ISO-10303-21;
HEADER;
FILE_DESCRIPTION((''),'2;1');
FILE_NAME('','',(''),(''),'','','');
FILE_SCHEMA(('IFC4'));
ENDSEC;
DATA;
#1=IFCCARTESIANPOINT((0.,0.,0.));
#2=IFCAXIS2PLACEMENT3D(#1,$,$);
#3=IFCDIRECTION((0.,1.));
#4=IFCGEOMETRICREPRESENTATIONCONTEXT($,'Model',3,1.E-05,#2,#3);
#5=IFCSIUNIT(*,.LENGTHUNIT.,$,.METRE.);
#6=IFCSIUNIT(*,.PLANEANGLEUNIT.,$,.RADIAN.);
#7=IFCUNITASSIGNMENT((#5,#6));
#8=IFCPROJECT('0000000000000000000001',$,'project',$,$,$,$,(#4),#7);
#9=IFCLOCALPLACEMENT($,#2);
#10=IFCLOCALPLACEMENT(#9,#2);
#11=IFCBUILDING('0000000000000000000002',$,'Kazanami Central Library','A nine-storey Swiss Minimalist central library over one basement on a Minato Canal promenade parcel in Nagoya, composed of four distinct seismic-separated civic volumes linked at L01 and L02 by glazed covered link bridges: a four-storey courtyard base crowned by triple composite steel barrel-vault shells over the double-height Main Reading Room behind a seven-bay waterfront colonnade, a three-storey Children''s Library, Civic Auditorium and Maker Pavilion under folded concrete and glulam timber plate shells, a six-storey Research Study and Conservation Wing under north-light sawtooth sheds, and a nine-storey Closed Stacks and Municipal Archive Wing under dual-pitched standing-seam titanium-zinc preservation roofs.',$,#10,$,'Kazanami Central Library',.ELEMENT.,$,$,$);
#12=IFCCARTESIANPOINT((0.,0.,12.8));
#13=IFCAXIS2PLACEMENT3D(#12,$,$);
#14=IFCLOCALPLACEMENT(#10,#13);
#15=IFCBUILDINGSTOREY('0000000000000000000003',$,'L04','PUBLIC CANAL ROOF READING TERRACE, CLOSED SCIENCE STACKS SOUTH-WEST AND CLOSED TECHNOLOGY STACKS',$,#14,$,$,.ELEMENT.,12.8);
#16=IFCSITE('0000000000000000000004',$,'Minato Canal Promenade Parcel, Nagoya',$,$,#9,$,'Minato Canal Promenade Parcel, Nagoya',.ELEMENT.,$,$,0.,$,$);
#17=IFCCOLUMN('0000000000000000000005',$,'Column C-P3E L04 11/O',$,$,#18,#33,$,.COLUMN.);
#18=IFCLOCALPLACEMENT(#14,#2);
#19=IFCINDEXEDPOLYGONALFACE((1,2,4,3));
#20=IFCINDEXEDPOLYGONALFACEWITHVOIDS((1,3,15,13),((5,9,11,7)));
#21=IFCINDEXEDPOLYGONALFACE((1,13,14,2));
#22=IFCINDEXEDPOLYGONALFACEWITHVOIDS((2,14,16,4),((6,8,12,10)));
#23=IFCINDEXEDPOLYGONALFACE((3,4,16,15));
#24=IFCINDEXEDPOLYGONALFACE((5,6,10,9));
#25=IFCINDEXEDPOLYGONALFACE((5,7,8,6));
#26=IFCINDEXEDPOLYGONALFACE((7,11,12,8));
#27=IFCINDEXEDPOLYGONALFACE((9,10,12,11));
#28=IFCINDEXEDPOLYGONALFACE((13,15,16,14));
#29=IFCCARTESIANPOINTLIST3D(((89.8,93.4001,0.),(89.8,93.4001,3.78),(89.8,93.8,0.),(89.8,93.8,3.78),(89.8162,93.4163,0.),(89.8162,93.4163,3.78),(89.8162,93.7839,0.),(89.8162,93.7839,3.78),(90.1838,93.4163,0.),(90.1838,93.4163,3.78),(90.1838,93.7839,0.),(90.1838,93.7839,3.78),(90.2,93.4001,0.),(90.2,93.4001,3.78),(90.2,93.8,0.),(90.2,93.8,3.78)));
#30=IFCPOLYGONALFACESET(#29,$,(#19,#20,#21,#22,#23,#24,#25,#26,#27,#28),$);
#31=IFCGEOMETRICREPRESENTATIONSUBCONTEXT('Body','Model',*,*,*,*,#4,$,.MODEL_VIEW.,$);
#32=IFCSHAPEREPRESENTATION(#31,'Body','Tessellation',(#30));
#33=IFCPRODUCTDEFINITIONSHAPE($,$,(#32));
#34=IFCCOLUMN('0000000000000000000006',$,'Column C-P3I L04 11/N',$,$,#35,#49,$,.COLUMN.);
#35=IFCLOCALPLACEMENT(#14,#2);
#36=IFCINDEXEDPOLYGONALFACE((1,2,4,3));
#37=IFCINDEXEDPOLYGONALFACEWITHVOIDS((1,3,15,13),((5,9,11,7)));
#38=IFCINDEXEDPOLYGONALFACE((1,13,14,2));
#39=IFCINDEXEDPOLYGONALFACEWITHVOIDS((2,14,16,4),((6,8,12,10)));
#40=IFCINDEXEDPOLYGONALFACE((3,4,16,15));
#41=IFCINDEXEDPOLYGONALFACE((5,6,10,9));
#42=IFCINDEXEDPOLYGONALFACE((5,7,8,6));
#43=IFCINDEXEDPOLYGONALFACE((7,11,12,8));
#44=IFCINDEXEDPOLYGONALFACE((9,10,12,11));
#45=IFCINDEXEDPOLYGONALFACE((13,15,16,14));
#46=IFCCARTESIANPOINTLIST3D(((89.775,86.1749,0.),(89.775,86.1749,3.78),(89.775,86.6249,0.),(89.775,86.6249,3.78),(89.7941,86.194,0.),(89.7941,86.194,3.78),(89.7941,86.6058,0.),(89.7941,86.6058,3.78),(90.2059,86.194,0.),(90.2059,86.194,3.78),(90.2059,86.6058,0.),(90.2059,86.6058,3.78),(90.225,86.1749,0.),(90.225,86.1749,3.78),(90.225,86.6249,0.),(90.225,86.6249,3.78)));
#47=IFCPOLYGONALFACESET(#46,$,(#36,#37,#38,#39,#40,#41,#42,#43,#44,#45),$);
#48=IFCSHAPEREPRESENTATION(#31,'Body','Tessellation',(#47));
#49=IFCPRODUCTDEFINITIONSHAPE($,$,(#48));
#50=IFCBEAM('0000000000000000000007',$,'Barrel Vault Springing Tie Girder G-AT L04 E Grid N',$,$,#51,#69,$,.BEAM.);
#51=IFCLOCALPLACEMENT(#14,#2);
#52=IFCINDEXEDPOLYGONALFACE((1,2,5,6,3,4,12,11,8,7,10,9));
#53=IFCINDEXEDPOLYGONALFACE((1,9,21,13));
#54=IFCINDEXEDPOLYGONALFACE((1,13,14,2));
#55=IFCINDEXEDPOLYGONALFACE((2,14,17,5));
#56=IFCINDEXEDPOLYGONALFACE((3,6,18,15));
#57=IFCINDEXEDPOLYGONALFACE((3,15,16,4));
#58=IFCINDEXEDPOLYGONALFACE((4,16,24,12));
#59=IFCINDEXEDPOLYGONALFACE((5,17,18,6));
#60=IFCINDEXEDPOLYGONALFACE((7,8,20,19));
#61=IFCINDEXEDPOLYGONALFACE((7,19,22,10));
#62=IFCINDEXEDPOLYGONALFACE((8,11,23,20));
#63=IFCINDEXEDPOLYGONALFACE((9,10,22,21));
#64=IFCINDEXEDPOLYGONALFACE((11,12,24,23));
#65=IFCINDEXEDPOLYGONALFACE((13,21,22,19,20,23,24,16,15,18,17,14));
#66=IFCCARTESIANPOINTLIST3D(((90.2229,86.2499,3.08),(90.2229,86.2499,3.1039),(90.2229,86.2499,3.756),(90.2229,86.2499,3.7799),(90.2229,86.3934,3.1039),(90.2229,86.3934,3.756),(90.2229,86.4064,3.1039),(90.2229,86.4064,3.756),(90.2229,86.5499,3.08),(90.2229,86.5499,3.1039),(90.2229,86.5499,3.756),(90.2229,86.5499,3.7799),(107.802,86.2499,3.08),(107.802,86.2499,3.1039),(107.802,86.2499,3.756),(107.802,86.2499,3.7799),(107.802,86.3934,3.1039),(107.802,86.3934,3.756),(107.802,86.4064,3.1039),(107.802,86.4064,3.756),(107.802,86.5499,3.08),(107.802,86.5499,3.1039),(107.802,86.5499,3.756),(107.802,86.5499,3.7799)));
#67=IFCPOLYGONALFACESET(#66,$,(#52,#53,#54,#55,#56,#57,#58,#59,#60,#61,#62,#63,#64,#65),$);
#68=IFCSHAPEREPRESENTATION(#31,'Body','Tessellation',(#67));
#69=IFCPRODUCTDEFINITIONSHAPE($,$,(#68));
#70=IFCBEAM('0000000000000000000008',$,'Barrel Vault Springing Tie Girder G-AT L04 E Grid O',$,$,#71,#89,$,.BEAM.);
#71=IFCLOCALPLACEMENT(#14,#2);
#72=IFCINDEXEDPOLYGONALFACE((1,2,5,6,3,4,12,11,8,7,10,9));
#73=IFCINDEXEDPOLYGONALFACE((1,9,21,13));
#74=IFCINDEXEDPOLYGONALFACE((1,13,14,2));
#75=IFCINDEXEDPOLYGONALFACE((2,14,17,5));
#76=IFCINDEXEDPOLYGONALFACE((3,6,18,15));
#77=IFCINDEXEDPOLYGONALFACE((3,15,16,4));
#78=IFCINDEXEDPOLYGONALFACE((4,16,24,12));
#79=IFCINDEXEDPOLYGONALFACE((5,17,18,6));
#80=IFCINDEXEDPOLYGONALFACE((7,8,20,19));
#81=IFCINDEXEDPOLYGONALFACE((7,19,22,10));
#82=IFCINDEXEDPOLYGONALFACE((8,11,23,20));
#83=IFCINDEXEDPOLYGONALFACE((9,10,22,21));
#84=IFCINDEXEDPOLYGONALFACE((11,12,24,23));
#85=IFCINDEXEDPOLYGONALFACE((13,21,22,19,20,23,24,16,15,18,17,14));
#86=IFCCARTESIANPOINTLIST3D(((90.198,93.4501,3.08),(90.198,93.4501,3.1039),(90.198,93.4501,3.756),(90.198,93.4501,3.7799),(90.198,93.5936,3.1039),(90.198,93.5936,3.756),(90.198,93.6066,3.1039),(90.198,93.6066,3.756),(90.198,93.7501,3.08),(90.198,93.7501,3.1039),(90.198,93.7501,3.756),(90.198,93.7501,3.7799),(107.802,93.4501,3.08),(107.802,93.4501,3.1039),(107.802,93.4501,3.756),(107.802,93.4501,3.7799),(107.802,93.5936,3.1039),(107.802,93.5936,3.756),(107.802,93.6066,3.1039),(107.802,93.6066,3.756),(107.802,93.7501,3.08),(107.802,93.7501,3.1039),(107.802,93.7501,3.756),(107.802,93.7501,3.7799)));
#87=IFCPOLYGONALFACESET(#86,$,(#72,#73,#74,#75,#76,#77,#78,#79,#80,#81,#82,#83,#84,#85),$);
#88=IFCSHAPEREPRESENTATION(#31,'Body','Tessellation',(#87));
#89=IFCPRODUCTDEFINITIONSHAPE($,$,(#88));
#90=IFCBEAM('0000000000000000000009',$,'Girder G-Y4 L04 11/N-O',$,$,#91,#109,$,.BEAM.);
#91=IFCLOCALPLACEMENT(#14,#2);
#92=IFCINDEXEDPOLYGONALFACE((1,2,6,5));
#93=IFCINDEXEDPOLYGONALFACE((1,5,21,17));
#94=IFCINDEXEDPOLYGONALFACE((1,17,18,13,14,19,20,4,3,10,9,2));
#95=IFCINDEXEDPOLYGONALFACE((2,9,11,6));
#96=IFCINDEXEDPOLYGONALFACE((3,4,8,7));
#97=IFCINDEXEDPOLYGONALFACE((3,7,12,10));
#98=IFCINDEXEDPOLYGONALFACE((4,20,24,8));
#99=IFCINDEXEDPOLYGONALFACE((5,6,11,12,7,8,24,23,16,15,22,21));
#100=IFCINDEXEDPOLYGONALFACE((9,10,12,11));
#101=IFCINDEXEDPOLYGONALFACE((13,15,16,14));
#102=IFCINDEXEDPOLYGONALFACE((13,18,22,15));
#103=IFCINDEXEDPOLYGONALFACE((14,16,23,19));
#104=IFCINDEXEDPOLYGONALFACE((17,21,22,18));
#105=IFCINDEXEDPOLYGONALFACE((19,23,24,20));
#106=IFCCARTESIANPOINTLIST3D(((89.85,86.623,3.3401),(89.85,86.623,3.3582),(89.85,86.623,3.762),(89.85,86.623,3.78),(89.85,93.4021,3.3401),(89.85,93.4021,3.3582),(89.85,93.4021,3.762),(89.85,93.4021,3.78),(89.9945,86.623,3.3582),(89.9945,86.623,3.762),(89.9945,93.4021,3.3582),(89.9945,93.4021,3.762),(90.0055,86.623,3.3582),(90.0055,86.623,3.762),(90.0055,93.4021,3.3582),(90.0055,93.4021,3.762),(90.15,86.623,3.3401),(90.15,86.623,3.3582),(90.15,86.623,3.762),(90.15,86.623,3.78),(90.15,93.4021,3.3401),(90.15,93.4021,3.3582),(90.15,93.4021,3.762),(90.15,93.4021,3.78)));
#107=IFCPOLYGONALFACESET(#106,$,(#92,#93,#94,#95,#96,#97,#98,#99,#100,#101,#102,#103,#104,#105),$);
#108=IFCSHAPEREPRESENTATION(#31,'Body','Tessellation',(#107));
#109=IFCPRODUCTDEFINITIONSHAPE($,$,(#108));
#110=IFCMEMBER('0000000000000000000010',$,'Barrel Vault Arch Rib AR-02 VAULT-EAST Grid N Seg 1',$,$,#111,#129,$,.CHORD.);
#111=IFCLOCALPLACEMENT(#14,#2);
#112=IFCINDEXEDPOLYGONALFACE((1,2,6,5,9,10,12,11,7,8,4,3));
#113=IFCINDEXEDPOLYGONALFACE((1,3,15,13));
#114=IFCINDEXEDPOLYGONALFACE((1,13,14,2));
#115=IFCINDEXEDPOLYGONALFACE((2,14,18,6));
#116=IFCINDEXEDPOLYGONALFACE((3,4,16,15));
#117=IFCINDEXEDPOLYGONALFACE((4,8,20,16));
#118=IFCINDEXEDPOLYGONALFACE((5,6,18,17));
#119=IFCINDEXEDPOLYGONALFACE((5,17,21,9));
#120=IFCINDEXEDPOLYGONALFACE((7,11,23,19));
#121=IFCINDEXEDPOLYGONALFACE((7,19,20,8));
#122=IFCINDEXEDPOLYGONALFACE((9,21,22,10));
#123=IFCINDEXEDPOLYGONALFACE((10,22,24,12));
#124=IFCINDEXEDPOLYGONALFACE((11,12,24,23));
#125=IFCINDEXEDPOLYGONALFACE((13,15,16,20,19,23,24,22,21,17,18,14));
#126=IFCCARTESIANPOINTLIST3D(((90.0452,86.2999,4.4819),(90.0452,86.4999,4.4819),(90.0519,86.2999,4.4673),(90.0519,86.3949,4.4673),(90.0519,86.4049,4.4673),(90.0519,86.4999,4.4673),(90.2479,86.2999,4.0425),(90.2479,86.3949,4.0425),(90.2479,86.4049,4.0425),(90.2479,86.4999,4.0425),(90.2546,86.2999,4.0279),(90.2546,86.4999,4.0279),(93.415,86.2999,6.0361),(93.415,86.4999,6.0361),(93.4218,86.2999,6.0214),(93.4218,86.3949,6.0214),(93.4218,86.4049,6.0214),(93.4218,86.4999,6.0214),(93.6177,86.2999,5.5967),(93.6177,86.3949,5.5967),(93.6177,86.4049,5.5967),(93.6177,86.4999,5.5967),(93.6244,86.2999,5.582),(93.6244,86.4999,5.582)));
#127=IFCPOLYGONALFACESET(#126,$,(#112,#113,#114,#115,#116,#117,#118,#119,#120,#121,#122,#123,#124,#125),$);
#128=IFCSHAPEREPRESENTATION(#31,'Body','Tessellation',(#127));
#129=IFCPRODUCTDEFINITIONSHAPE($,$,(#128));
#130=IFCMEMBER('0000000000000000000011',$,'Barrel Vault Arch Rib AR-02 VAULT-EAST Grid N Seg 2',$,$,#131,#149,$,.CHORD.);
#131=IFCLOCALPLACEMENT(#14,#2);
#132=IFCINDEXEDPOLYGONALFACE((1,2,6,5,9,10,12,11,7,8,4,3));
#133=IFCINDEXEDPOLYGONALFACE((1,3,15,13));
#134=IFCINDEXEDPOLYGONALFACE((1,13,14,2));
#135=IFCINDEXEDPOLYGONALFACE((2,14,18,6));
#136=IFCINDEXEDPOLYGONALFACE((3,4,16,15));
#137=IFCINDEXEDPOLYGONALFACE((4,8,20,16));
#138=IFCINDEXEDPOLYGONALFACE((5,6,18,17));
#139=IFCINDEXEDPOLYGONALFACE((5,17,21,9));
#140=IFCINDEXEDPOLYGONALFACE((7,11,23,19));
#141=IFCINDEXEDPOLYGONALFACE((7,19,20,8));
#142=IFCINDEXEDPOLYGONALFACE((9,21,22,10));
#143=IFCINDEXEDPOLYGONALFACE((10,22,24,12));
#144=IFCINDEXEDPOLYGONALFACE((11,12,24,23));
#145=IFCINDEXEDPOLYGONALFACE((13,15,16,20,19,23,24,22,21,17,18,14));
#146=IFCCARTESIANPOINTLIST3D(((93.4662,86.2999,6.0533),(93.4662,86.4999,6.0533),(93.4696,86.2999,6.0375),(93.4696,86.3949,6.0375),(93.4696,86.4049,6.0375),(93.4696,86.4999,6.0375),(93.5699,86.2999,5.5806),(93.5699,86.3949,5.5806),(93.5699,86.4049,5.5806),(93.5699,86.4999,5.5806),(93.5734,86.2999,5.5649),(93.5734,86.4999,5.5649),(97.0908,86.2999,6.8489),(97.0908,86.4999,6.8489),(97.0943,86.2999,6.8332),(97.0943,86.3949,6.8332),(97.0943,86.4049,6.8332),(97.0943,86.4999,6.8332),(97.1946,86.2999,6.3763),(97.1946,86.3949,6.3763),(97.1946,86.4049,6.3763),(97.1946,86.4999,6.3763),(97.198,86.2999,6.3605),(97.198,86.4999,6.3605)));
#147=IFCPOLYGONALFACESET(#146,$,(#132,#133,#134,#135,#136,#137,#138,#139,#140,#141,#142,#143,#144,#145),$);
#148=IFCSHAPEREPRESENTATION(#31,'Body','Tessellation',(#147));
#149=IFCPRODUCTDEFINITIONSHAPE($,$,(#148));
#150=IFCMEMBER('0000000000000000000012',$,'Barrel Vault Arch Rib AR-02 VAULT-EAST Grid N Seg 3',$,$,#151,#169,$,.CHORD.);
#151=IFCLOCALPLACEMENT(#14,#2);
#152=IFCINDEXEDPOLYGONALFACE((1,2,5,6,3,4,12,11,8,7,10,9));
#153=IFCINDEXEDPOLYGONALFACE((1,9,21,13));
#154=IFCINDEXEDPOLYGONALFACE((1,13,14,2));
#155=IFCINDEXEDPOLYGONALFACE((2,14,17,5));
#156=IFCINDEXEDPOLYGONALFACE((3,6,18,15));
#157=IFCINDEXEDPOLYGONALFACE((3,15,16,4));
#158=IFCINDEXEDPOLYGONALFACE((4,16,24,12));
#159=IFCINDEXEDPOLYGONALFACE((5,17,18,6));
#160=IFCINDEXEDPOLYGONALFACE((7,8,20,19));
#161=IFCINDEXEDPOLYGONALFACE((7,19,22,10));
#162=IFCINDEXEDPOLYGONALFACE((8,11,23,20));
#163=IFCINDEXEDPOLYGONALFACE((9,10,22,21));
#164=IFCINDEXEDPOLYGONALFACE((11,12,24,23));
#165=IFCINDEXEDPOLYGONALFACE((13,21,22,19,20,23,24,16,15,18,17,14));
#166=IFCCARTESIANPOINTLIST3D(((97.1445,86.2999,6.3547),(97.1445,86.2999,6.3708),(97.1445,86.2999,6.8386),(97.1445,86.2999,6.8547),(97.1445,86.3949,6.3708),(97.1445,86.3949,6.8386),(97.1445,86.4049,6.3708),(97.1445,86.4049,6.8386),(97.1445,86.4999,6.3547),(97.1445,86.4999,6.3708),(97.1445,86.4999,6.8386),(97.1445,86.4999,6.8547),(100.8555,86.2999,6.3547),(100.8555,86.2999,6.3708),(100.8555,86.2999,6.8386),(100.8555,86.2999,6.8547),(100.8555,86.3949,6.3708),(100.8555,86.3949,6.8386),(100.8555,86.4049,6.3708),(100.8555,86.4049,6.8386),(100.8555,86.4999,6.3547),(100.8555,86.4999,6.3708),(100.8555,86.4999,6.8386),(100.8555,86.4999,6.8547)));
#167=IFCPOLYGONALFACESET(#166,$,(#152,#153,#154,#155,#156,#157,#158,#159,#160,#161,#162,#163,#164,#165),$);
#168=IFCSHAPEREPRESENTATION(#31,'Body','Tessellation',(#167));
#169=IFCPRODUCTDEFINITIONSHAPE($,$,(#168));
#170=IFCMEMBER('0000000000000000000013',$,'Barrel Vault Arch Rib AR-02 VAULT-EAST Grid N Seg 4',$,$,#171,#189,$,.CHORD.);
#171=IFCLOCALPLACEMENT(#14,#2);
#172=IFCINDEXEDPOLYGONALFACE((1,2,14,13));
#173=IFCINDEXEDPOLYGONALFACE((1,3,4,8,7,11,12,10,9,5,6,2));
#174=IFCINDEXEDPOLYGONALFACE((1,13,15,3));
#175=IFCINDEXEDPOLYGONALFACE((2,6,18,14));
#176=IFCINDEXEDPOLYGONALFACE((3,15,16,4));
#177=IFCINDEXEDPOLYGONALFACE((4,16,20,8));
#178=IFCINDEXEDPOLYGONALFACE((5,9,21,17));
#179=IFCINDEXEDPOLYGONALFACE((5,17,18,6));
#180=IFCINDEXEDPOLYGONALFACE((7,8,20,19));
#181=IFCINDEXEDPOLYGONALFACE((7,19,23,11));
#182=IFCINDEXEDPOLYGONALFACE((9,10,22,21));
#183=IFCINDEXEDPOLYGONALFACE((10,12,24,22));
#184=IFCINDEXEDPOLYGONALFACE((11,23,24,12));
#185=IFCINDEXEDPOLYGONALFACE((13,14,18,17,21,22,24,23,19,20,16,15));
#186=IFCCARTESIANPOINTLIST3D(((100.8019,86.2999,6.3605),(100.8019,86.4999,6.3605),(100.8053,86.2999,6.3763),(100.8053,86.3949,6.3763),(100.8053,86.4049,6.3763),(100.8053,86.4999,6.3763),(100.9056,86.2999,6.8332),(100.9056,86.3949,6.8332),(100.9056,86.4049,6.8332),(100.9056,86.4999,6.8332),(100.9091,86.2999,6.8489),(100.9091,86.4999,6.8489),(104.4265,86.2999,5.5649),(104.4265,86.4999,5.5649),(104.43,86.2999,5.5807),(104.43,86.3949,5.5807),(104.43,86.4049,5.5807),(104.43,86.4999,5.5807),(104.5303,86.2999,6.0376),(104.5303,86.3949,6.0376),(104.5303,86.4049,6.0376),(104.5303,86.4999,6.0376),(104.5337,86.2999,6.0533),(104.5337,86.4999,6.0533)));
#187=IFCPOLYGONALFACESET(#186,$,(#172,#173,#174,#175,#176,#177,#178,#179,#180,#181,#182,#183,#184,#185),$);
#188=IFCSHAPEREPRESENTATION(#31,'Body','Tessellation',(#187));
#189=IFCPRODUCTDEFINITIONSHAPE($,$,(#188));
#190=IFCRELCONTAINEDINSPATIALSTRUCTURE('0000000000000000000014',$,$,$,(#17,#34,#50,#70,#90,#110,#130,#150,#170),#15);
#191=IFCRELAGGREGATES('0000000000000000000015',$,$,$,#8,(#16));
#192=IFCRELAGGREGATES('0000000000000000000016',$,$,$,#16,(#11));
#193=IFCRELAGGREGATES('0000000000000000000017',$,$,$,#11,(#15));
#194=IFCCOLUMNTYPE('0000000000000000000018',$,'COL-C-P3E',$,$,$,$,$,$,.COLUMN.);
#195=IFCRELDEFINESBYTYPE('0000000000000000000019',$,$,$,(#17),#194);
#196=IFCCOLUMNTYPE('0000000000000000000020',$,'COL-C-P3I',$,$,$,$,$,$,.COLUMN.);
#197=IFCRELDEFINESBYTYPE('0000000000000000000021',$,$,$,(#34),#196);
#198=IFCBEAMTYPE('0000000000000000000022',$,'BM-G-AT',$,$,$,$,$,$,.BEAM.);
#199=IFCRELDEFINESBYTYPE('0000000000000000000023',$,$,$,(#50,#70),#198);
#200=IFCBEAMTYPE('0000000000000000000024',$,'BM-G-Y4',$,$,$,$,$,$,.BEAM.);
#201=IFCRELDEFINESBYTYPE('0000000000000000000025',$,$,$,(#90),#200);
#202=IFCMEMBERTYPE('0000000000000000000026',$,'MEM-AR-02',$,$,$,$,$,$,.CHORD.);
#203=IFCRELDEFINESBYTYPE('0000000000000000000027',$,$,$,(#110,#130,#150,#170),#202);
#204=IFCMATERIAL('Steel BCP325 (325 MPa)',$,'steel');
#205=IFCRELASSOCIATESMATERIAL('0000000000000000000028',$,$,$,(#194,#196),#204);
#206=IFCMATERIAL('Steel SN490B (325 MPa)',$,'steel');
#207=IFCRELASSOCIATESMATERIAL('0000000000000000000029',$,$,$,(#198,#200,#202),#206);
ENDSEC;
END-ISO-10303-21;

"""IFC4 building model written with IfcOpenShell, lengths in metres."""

from ifc_helpers import new_model, si_unit, direction, frame, origin, origin_2d, place, context, subcontext, project, spatial, hollow_rectangle, i_section, extrude, material, material_profile, profile_set, type_object, element, save


model = new_model("IFC4")

# Units and contexts
model_context = context("Model", 3, precision=1e-05, world=origin(), true_north=direction((0.0, 1.0)))
body_context = subcontext(model_context, "Body", "Model", "MODEL_VIEW")
ifc_project = project(units=[si_unit("LENGTHUNIT", "METRE"), si_unit("PLANEANGLEUNIT", "RADIAN")], contexts=[model_context])

# Site, building, storey
site_placement = place(None, origin())
site = spatial("IfcSite", under=ifc_project, at=site_placement, Name="Minato Canal Promenade Parcel, Nagoya", LongName="Minato Canal Promenade Parcel, Nagoya", CompositionType="ELEMENT", RefElevation=0.0)
building_placement = place(site_placement, origin())
building = spatial("IfcBuilding", under=site, at=building_placement, Name="Kazanami Central Library", Description="A nine-storey Swiss Minimalist central library over one basement on a Minato Canal promenade parcel in Nagoya, composed of four distinct seismic-separated civic volumes linked at L01 and L02 by glazed covered link bridges: a four-storey courtyard base crowned by triple composite steel barrel-vault shells over the double-height Main Reading Room behind a seven-bay waterfront colonnade, a three-storey Children's Library, Civic Auditorium and Maker Pavilion under folded concrete and glulam timber plate shells, a six-storey Research Study and Conservation Wing under north-light sawtooth sheds, and a nine-storey Closed Stacks and Municipal Archive Wing under dual-pitched standing-seam titanium-zinc preservation roofs.", LongName="Kazanami Central Library", CompositionType="ELEMENT")
storey_placement = place(building_placement, frame((0.0, 0.0, 12.8)))
storey = spatial("IfcBuildingStorey", under=building, at=storey_placement, Name="L04", Description="PUBLIC CANAL ROOF READING TERRACE, CLOSED SCIENCE STACKS SOUTH-WEST AND CLOSED TECHNOLOGY STACKS", CompositionType="ELEMENT", Elevation=12.8)

# Columns
ifc_material_1 = material(Name="Steel BCP325 (325 MPa)", Category="steel")
ifc_material_profile_1 = material_profile(ifc_material_1, hollow_rectangle(XDim=0.3999, YDim=0.3999, WallThickness=0.0161, at=origin_2d()), Name="BCP-400x400x16")
ifc_profile_set_1 = profile_set([ifc_material_profile_1], Name="Steel BCP325 (325 MPa)")
column_type_1 = type_object("IfcColumnType", Name="COL-C-P3E", PredefinedType="COLUMN", material=ifc_profile_set_1)
column_1_placement = place(storey_placement, frame((90.0, 93.6001, 0.0), z_axis=(0.0, 0.0, 1.0), x_axis=(1.0, 0.0, 0.0)))
element("IfcColumn", 1, at=column_1_placement, inside=storey, type_object=column_type_1, Name="Column C-P3E L04 11/O", PredefinedType="COLUMN", context=body_context, shape_type="SweptSolid", body=[
    extrude(hollow_rectangle(XDim=0.3999, YDim=0.3999, WallThickness=0.0161, at=origin_2d()), origin(), (0.0, 0.0, 1.0), 3.78),
])
ifc_material_profile_2 = material_profile(ifc_material_1, hollow_rectangle(XDim=0.45, YDim=0.45, WallThickness=0.019, at=origin_2d()), Name="BCP-450x450x19")
ifc_profile_set_2 = profile_set([ifc_material_profile_2], Name="Steel BCP325 (325 MPa)")
column_type_2 = type_object("IfcColumnType", Name="COL-C-P3I", PredefinedType="COLUMN", material=ifc_profile_set_2)
column_2_placement = place(storey_placement, frame((90.0, 86.3999, 0.0), z_axis=(0.0, 0.0, 1.0), x_axis=(1.0, 0.0, 0.0)))
element("IfcColumn", 2, at=column_2_placement, inside=storey, type_object=column_type_2, Name="Column C-P3I L04 11/N", PredefinedType="COLUMN", context=body_context, shape_type="SweptSolid", body=[
    extrude(hollow_rectangle(XDim=0.45, YDim=0.45, WallThickness=0.019, at=origin_2d()), origin(), (0.0, 0.0, 1.0), 3.78),
])

# Beams
ifc_material_2 = material(Name="Steel SN490B (325 MPa)", Category="steel")
ifc_material_profile_3 = material_profile(ifc_material_2, i_section(OverallWidth=0.3, OverallDepth=0.7, WebThickness=0.0129, FlangeThickness=0.0239, at=origin_2d()), Name="H-700x300x13x24")
ifc_profile_set_3 = profile_set([ifc_material_profile_3], Name="Steel SN490B (325 MPa)")
beam_type_1 = type_object("IfcBeamType", Name="BM-G-AT", PredefinedType="BEAM", material=ifc_profile_set_3)
beam_1_placement = place(storey_placement, frame((90.2229, 86.3999, 3.4299), z_axis=(1.0, 0.0, 0.0), x_axis=(0.0, 1.0, 0.0)))
element("IfcBeam", 3, at=beam_1_placement, inside=storey, type_object=beam_type_1, Name="Barrel Vault Springing Tie Girder G-AT L04 E Grid N", PredefinedType="BEAM", context=body_context, shape_type="SweptSolid", body=[
    extrude(i_section(OverallWidth=0.3, OverallDepth=0.7, WebThickness=0.0129, FlangeThickness=0.0239, at=origin_2d()), origin(), (0.0, 0.0, 1.0), 17.5791),
])
beam_2_placement = place(storey_placement, frame((90.198, 93.6001, 3.4299), z_axis=(1.0, 0.0, 0.0), x_axis=(0.0, 1.0, 0.0)))
element("IfcBeam", 4, at=beam_2_placement, inside=storey, type_object=beam_type_1, Name="Barrel Vault Springing Tie Girder G-AT L04 E Grid O", PredefinedType="BEAM", context=body_context, shape_type="SweptSolid", body=[
    extrude(i_section(OverallWidth=0.3, OverallDepth=0.7, WebThickness=0.0129, FlangeThickness=0.0239, at=origin_2d()), origin(), (0.0, 0.0, 1.0), 17.604),
])
ifc_material_profile_4 = material_profile(ifc_material_2, i_section(OverallWidth=0.3, OverallDepth=0.4399, WebThickness=0.011, FlangeThickness=0.0181, at=origin_2d()), Name="H-440x300x11x18")
ifc_profile_set_4 = profile_set([ifc_material_profile_4], Name="Steel SN490B (325 MPa)")
beam_type_2 = type_object("IfcBeamType", Name="BM-G-Y4", PredefinedType="BEAM", material=ifc_profile_set_4)
beam_3_placement = place(storey_placement, frame((90.0, 86.623, 3.5601), z_axis=(0.0, 1.0, 0.0), x_axis=(-1.0, 0.0, 0.0)))
element("IfcBeam", 5, at=beam_3_placement, inside=storey, type_object=beam_type_2, Name="Girder G-Y4 L04 11/N-O", PredefinedType="BEAM", context=body_context, shape_type="SweptSolid", body=[
    extrude(i_section(OverallWidth=0.3, OverallDepth=0.4399, WebThickness=0.011, FlangeThickness=0.0181, at=origin_2d()), origin(), (0.0, 0.0, 1.0), 6.7791),
])

# Members
ifc_material_profile_5 = material_profile(ifc_material_2, i_section(OverallWidth=0.2, OverallDepth=0.5, WebThickness=0.01, FlangeThickness=0.0161, at=origin_2d()), Name="H-500x200x10x16")
ifc_profile_set_5 = profile_set([ifc_material_profile_5], Name="Steel SN490B (325 MPa)")
member_type_1 = type_object("IfcMemberType", Name="MEM-AR-02", PredefinedType="CHORD", material=ifc_profile_set_5)
for number, where, z_axis, x_axis, name in (
    (6, (90.1499, 86.3999, 4.2549), (0.908075, 0.0, 0.418808), (0.0, 1.0, 0.0), "Barrel Vault Arch Rib AR-02 VAULT-EAST Grid N Seg 1"),
    (7, (93.5198, 86.3999, 5.8091), (0.976746, 0.0, 0.214401), (0.0, 1.0, 0.0), "Barrel Vault Arch Rib AR-02 VAULT-EAST Grid N Seg 2"),
    (8, (97.1445, 86.3999, 6.6047), (1.0, 0.0, 0.0), (0.0, 1.0, 0.0), "Barrel Vault Arch Rib AR-02 VAULT-EAST Grid N Seg 3"),
    (9, (100.8555, 86.3999, 6.6047), (0.976746, 0.0, -0.214401), (0.0, 1.0, 0.0), "Barrel Vault Arch Rib AR-02 VAULT-EAST Grid N Seg 4"),
):
    element("IfcMember", number, at=place(storey_placement, frame(where, z_axis=z_axis, x_axis=x_axis)), inside=storey, type_object=member_type_1, Name=name, PredefinedType="CHORD", context=body_context, shape_type="SweptSolid", body=[
        extrude(i_section(OverallWidth=0.2, OverallDepth=0.5, WebThickness=0.01, FlangeThickness=0.0161, at=origin_2d()), origin(), (0.0, 0.0, 1.0), 3.7109),
    ])

save(model, "model.ifc")
